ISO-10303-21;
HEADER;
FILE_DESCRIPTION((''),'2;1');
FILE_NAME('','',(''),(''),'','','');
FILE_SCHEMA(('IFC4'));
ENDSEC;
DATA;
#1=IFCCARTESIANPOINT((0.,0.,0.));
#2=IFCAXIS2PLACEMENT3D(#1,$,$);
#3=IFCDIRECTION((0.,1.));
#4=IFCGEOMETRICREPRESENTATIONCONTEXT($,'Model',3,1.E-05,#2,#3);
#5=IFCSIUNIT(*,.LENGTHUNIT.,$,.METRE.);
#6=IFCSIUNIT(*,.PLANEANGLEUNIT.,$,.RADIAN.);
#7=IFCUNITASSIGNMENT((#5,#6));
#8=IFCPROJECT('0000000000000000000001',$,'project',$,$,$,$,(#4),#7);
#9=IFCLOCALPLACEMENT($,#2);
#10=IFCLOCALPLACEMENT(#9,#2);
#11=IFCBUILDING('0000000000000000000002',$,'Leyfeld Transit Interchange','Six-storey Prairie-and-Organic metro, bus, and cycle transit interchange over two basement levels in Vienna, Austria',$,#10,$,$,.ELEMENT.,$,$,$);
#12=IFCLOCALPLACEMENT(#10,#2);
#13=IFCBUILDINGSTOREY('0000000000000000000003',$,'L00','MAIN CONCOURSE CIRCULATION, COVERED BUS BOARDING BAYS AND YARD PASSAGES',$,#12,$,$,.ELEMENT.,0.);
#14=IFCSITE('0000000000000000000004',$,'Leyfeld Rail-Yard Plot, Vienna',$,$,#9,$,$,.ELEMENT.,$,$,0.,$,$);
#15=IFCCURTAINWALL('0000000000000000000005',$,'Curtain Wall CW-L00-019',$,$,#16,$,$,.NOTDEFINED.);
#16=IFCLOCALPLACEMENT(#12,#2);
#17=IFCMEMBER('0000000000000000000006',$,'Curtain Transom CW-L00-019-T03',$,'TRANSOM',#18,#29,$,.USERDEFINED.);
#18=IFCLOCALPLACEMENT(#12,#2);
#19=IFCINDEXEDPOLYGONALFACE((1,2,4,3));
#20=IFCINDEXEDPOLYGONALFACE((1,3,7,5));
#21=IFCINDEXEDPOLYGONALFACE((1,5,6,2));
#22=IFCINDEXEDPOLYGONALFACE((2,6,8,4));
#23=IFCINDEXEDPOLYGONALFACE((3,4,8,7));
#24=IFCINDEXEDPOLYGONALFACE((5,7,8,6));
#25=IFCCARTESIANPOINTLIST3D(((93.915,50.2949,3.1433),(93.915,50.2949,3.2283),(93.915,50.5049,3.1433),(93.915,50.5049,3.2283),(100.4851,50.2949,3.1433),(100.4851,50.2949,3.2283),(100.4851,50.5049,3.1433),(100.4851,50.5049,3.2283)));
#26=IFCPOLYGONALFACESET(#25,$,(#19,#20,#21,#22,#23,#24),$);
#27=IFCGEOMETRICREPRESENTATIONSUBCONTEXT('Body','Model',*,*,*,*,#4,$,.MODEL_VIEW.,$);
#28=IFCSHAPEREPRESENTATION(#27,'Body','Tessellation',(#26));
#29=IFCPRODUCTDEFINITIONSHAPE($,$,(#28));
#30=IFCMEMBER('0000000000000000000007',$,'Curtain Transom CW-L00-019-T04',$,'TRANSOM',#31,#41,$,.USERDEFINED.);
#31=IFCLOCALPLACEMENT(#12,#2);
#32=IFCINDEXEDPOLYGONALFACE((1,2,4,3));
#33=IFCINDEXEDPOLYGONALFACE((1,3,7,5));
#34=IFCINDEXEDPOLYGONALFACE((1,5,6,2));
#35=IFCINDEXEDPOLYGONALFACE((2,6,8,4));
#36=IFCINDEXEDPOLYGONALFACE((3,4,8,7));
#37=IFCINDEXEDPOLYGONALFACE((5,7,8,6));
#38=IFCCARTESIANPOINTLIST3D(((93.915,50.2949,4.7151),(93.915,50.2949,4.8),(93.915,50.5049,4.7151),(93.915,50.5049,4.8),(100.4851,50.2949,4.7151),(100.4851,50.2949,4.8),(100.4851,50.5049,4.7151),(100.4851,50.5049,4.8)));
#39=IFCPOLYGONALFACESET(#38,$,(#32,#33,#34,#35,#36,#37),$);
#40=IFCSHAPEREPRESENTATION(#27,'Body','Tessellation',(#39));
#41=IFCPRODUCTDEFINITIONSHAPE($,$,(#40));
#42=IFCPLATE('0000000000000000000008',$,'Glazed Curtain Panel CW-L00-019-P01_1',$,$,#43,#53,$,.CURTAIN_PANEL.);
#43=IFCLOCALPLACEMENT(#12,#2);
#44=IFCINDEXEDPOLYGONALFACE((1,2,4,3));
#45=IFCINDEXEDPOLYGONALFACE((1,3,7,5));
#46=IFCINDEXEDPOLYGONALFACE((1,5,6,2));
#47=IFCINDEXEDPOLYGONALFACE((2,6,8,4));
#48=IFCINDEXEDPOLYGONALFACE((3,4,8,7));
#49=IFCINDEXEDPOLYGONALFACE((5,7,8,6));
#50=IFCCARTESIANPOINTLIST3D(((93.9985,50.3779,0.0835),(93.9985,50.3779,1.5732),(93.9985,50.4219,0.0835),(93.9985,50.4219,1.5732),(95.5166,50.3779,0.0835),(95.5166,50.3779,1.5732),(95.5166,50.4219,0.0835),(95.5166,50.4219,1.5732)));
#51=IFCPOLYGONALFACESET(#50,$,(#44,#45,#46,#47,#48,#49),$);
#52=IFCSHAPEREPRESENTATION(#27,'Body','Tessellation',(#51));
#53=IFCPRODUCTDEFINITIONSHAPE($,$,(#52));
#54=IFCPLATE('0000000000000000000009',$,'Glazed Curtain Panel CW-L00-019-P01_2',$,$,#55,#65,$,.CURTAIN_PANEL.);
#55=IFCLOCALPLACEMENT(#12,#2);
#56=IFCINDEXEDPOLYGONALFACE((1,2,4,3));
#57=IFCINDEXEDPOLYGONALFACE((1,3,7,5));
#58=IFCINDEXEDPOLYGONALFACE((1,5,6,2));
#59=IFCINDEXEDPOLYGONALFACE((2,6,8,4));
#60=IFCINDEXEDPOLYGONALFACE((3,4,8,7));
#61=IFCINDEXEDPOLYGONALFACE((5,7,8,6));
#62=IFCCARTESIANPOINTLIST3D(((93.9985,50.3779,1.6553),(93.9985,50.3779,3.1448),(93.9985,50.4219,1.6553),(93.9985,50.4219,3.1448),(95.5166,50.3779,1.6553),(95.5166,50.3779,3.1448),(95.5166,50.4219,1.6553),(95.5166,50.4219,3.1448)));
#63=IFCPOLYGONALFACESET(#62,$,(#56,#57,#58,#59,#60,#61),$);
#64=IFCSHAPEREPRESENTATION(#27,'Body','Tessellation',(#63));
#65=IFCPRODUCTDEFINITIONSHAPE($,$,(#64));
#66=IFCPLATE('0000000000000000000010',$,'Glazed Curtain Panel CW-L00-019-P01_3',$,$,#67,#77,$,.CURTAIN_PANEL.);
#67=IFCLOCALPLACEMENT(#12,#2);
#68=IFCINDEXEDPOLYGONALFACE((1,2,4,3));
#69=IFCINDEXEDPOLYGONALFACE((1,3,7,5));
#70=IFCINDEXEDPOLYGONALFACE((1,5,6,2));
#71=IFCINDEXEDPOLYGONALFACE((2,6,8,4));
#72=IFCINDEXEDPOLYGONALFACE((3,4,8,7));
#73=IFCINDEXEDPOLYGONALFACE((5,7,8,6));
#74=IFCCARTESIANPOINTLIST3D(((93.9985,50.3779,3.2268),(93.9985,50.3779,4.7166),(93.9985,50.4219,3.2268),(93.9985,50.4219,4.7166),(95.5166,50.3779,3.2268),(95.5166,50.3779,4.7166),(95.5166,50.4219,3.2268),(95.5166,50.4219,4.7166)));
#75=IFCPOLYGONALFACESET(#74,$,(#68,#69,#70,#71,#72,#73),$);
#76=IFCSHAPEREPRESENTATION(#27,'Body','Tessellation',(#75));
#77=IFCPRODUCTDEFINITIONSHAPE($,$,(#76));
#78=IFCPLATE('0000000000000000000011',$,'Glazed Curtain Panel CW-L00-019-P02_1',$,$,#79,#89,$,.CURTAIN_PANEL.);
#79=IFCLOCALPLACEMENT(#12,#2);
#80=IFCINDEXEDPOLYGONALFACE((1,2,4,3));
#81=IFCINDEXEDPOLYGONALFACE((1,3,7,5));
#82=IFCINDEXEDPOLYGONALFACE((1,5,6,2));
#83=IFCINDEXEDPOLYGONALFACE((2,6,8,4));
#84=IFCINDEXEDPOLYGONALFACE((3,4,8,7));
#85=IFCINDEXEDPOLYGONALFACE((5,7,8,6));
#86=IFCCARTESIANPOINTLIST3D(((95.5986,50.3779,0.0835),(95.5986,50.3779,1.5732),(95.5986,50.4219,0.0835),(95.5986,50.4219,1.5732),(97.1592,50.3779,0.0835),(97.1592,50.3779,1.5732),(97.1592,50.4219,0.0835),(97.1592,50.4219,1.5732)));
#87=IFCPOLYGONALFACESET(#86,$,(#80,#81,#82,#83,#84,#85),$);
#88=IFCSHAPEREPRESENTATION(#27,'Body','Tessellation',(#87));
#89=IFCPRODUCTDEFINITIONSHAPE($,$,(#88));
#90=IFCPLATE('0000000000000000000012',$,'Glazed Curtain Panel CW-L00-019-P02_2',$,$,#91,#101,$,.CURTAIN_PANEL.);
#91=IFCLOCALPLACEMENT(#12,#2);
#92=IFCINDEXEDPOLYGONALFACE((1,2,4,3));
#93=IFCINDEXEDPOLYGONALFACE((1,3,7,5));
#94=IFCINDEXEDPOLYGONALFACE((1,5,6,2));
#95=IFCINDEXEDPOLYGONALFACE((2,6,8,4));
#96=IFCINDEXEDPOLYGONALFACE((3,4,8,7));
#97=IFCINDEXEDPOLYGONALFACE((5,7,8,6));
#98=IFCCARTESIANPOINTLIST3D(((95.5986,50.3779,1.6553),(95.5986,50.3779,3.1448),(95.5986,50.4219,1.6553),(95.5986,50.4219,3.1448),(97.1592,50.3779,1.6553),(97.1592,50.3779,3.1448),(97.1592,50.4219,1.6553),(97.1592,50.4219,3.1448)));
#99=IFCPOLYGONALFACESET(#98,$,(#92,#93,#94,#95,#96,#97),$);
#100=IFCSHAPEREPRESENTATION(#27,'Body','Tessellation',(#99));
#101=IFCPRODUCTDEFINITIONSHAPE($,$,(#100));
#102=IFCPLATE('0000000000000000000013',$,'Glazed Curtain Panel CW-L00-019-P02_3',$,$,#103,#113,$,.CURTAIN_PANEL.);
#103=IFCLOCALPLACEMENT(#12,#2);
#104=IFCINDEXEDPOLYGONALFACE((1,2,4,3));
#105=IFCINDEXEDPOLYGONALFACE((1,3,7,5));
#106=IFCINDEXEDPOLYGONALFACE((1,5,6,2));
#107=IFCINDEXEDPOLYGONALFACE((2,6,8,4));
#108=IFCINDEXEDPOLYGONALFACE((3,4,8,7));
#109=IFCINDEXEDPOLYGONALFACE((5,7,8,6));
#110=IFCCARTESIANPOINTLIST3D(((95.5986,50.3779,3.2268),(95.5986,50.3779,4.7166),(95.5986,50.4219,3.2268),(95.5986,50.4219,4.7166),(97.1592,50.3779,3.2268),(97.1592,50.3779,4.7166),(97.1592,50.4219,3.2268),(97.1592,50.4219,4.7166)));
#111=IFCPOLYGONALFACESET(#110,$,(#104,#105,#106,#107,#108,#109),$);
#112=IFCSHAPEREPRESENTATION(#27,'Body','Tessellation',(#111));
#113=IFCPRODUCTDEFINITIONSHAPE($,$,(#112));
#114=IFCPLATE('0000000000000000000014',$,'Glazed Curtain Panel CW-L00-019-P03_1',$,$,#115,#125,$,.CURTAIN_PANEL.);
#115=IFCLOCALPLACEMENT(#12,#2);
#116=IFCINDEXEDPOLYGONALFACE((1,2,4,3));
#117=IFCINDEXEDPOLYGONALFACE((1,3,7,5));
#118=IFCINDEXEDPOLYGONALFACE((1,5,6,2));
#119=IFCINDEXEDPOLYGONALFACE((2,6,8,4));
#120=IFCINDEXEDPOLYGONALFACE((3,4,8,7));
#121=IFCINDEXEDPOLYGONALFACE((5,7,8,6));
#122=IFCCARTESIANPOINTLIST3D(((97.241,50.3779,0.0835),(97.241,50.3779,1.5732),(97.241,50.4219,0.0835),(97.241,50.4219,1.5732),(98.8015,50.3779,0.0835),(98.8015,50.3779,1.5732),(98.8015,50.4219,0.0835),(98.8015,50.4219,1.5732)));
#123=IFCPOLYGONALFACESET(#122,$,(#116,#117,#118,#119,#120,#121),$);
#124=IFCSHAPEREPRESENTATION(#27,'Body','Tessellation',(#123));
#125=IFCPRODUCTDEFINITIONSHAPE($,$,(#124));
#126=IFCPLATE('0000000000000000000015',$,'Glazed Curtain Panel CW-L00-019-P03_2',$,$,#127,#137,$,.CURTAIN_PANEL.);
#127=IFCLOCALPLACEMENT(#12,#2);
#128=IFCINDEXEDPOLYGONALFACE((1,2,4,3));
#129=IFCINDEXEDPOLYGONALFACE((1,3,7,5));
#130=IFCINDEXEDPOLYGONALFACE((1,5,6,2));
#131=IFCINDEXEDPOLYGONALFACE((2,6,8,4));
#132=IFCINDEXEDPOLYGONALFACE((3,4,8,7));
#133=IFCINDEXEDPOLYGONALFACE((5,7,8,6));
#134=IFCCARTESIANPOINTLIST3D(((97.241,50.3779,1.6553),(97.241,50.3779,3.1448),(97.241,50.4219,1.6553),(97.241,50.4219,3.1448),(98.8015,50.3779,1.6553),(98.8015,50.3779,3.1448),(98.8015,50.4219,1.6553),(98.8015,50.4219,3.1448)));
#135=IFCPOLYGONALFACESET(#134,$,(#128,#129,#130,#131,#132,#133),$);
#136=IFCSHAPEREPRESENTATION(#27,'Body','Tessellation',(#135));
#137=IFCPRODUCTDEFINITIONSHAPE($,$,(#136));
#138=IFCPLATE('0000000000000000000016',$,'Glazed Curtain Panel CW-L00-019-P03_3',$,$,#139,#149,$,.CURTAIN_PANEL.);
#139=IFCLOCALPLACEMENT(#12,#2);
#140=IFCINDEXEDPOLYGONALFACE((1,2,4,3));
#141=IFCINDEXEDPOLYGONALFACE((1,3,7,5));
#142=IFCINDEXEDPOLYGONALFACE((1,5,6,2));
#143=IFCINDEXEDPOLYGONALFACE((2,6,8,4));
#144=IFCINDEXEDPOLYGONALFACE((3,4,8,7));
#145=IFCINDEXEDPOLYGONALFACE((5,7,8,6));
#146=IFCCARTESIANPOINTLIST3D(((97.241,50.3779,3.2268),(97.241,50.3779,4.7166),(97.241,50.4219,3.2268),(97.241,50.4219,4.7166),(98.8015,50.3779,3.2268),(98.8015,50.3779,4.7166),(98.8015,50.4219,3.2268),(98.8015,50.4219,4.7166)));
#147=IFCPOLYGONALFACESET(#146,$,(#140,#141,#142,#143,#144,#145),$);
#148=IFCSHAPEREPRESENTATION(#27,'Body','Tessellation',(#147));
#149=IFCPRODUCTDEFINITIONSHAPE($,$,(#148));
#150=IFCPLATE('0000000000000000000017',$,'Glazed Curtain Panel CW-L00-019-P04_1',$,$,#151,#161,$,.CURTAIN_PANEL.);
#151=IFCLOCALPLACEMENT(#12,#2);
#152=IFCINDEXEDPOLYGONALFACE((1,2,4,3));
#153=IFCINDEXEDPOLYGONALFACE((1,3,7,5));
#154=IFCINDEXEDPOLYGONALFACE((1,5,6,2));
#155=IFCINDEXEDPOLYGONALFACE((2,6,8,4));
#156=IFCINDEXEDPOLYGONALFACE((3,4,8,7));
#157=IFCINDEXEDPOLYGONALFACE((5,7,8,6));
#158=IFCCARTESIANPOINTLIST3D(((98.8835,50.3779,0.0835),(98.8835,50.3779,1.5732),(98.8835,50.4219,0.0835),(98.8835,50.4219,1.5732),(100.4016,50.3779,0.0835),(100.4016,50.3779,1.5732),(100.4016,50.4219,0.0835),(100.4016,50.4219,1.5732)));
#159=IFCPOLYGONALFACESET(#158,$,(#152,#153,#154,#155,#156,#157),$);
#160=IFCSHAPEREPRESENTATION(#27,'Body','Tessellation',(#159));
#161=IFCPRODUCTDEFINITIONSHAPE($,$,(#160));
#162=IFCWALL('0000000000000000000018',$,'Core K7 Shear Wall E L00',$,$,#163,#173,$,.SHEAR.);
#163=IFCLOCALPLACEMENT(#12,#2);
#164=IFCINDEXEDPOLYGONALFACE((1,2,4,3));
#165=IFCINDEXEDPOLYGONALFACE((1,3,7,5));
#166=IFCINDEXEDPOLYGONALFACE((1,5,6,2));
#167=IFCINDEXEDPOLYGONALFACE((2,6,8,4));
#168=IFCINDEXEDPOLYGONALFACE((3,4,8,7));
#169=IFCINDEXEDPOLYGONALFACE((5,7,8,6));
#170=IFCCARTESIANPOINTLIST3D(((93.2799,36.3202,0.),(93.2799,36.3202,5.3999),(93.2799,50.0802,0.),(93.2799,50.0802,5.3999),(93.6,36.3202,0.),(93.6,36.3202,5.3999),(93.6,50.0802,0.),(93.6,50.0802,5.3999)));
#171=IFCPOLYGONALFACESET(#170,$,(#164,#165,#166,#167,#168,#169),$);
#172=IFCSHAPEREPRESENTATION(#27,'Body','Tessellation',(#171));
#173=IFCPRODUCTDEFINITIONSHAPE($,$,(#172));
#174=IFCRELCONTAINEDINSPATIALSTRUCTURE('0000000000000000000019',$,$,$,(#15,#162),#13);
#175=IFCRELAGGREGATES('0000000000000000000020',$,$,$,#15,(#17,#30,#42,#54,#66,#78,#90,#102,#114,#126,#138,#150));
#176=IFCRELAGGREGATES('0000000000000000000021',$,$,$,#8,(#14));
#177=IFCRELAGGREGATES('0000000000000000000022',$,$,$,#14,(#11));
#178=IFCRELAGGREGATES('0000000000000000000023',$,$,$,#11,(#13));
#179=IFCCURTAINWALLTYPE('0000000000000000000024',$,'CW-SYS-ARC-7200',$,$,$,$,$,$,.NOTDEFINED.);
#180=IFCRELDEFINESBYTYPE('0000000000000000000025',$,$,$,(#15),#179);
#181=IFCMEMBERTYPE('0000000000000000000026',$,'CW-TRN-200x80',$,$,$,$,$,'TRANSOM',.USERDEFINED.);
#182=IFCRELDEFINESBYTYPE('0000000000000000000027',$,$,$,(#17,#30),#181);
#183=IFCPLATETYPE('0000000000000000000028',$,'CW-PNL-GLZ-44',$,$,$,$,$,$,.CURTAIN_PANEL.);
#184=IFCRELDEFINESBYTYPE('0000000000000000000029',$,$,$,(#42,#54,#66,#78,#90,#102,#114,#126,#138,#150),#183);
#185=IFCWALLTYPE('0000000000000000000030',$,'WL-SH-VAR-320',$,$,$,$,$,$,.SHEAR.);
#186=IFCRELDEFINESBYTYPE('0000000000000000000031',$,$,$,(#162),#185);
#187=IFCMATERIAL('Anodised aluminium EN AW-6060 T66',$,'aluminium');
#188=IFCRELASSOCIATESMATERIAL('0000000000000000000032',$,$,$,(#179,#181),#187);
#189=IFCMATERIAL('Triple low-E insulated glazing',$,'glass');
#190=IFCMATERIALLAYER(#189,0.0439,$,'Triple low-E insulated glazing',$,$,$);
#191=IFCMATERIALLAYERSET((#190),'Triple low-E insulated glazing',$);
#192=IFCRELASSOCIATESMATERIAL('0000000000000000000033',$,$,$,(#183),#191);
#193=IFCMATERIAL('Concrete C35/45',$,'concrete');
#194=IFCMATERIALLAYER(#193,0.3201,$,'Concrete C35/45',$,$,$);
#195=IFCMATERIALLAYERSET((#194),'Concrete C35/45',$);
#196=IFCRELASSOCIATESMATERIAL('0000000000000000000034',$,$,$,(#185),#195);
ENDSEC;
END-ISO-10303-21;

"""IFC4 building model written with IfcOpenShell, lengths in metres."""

from ifc_helpers import new_model, si_unit, direction, frame, frame_2d, origin, origin_2d, place, context, subcontext, project, spatial, rectangle, extrude, material, layer, layer_set, material_profile, profile_set, type_object, element, aggregate, save


model = new_model("IFC4")

# Units and contexts
model_context = context("Model", 3, precision=1e-05, world=origin(), true_north=direction((0.0, 1.0)))
body_context = subcontext(model_context, "Body", "Model", "MODEL_VIEW")
ifc_project = project(units=[si_unit("LENGTHUNIT", "METRE"), si_unit("PLANEANGLEUNIT", "RADIAN")], contexts=[model_context])

# Site, building, storey
site_placement = place(None, origin())
site = spatial("IfcSite", under=ifc_project, at=site_placement, Name="Leyfeld Rail-Yard Plot, Vienna", CompositionType="ELEMENT", RefElevation=0.0)
building_placement = place(site_placement, origin())
building = spatial("IfcBuilding", under=site, at=building_placement, Name="Leyfeld Transit Interchange", Description="Six-storey Prairie-and-Organic metro, bus, and cycle transit interchange over two basement levels in Vienna, Austria", CompositionType="ELEMENT")
storey_placement = place(building_placement, origin())
storey = spatial("IfcBuildingStorey", under=building, at=storey_placement, Name="L00", Description="MAIN CONCOURSE CIRCULATION, COVERED BUS BOARDING BAYS AND YARD PASSAGES", CompositionType="ELEMENT", Elevation=0.0)

# Shared definitions
ifc_material_1 = material(Name="Concrete C35/45", Category="concrete")

# Curtain wall, members, plates
ifc_material_2 = material(Name="Anodised aluminium EN AW-6060 T66", Category="aluminium")
curtain_wall_type = type_object("IfcCurtainWallType", Name="CW-SYS-ARC-7200", PredefinedType="NOTDEFINED", material=ifc_material_2)
curtain_wall_placement = place(storey_placement, origin())
curtain_wall = element("IfcCurtainWall", 1, at=curtain_wall_placement, inside=storey, type_object=curtain_wall_type, Name="Curtain Wall CW-L00-019", PredefinedType="NOTDEFINED")
ifc_material_profile_1 = material_profile(ifc_material_2, rectangle(XDim=0.21, YDim=0.085, at=origin_2d()), Name="CW-TRN-200x80")
ifc_profile_set_1 = profile_set([ifc_material_profile_1], Name="Anodised aluminium EN AW-6060 T66")
member_type_1 = type_object("IfcMemberType", Name="CW-TRN-200x80", ElementType="TRANSOM", PredefinedType="USERDEFINED", material=ifc_profile_set_1)
member_1_placement = place(storey_placement, frame((93.915, 50.3999, 3.1858), z_axis=(1.0, 0.0, 0.0), x_axis=(0.0, 1.0, 0.0)))
member_1 = element("IfcMember", 2, at=member_1_placement, type_object=member_type_1, Name="Curtain Transom CW-L00-019-T03", ObjectType="TRANSOM", PredefinedType="USERDEFINED", context=body_context, shape_type="SweptSolid", body=[
    extrude(rectangle(XDim=0.21, YDim=0.085, at=origin_2d()), origin(), (0.0, 0.0, 1.0), 6.5701),
])
member_2_placement = place(storey_placement, frame((93.915, 50.3999, 4.7576), z_axis=(1.0, 0.0, 0.0), x_axis=(0.0, 1.0, 0.0)))
member_2 = element("IfcMember", 3, at=member_2_placement, type_object=member_type_1, Name="Curtain Transom CW-L00-019-T04", ObjectType="TRANSOM", PredefinedType="USERDEFINED", context=body_context, shape_type="SweptSolid", body=[
    extrude(rectangle(XDim=0.21, YDim=0.085, at=origin_2d()), origin(), (0.0, 0.0, 1.0), 6.5701),
])
ifc_material_3 = material(Name="Triple low-E insulated glazing", Category="glass")
ifc_layer_1 = layer(ifc_material_3, 0.0439, Name="Triple low-E insulated glazing")
ifc_layer_set_1 = layer_set([ifc_layer_1], Name="Triple low-E insulated glazing")
plate_type = type_object("IfcPlateType", Name="CW-PNL-GLZ-44", PredefinedType="CURTAIN_PANEL", material=ifc_layer_set_1)
plate_1_placement = place(storey_placement, frame((94.7576, 50.3999, 0.0835), z_axis=(0.0, 0.0, 1.0), x_axis=(1.0, 0.0, 0.0)))
plate_1 = element("IfcPlate", 4, at=plate_1_placement, type_object=plate_type, Name="Glazed Curtain Panel CW-L00-019-P01_1", PredefinedType="CURTAIN_PANEL", context=body_context, shape_type="SweptSolid", body=[
    extrude(rectangle(XDim=1.5181, YDim=0.0439, at=origin_2d()), origin(), (0.0, 0.0, 1.0), 1.4897),
])
plate_2_placement = place(storey_placement, frame((94.7576, 50.3999, 1.6553), z_axis=(0.0, 0.0, 1.0), x_axis=(1.0, 0.0, 0.0)))
plate_2 = element("IfcPlate", 5, at=plate_2_placement, type_object=plate_type, Name="Glazed Curtain Panel CW-L00-019-P01_2", PredefinedType="CURTAIN_PANEL", context=body_context, shape_type="SweptSolid", body=[
    extrude(rectangle(XDim=1.5181, YDim=0.0439, at=origin_2d()), origin(), (0.0, 0.0, 1.0), 1.4895),
])
plate_3_placement = place(storey_placement, frame((94.7576, 50.3999, 3.2268), z_axis=(0.0, 0.0, 1.0), x_axis=(1.0, 0.0, 0.0)))
plate_3 = element("IfcPlate", 6, at=plate_3_placement, type_object=plate_type, Name="Glazed Curtain Panel CW-L00-019-P01_3", PredefinedType="CURTAIN_PANEL", context=body_context, shape_type="SweptSolid", body=[
    extrude(rectangle(XDim=1.5181, YDim=0.0439, at=origin_2d()), origin(), (0.0, 0.0, 1.0), 1.4897),
])
plate_4_placement = place(storey_placement, frame((96.3789, 50.3999, 0.0835), z_axis=(0.0, 0.0, 1.0), x_axis=(1.0, 0.0, 0.0)))
plate_4 = element("IfcPlate", 7, at=plate_4_placement, type_object=plate_type, Name="Glazed Curtain Panel CW-L00-019-P02_1", PredefinedType="CURTAIN_PANEL", context=body_context, shape_type="SweptSolid", body=[
    extrude(rectangle(XDim=1.5605, YDim=0.0439, at=origin_2d()), origin(), (0.0, 0.0, 1.0), 1.4897),
])
plate_5_placement = place(storey_placement, frame((96.3789, 50.3999, 1.6553), z_axis=(0.0, 0.0, 1.0), x_axis=(1.0, 0.0, 0.0)))
plate_5 = element("IfcPlate", 8, at=plate_5_placement, type_object=plate_type, Name="Glazed Curtain Panel CW-L00-019-P02_2", PredefinedType="CURTAIN_PANEL", context=body_context, shape_type="SweptSolid", body=[
    extrude(rectangle(XDim=1.5605, YDim=0.0439, at=origin_2d()), origin(), (0.0, 0.0, 1.0), 1.4895),
])
plate_6_placement = place(storey_placement, frame((96.3789, 50.3999, 3.2268), z_axis=(0.0, 0.0, 1.0), x_axis=(1.0, 0.0, 0.0)))
plate_6 = element("IfcPlate", 9, at=plate_6_placement, type_object=plate_type, Name="Glazed Curtain Panel CW-L00-019-P02_3", PredefinedType="CURTAIN_PANEL", context=body_context, shape_type="SweptSolid", body=[
    extrude(rectangle(XDim=1.5605, YDim=0.0439, at=origin_2d()), origin(), (0.0, 0.0, 1.0), 1.4897),
])
plate_7_placement = place(storey_placement, frame((98.0212, 50.3999, 0.0835), z_axis=(0.0, 0.0, 1.0), x_axis=(1.0, 0.0, 0.0)))
plate_7 = element("IfcPlate", 10, at=plate_7_placement, type_object=plate_type, Name="Glazed Curtain Panel CW-L00-019-P03_1", PredefinedType="CURTAIN_PANEL", context=body_context, shape_type="SweptSolid", body=[
    extrude(rectangle(XDim=1.5605, YDim=0.0439, at=origin_2d()), origin(), (0.0, 0.0, 1.0), 1.4897),
])
plate_8_placement = place(storey_placement, frame((98.0212, 50.3999, 1.6553), z_axis=(0.0, 0.0, 1.0), x_axis=(1.0, 0.0, 0.0)))
plate_8 = element("IfcPlate", 11, at=plate_8_placement, type_object=plate_type, Name="Glazed Curtain Panel CW-L00-019-P03_2", PredefinedType="CURTAIN_PANEL", context=body_context, shape_type="SweptSolid", body=[
    extrude(rectangle(XDim=1.5605, YDim=0.0439, at=origin_2d()), origin(), (0.0, 0.0, 1.0), 1.4895),
])
plate_9_placement = place(storey_placement, frame((98.0212, 50.3999, 3.2268), z_axis=(0.0, 0.0, 1.0), x_axis=(1.0, 0.0, 0.0)))
plate_9 = element("IfcPlate", 12, at=plate_9_placement, type_object=plate_type, Name="Glazed Curtain Panel CW-L00-019-P03_3", PredefinedType="CURTAIN_PANEL", context=body_context, shape_type="SweptSolid", body=[
    extrude(rectangle(XDim=1.5605, YDim=0.0439, at=origin_2d()), origin(), (0.0, 0.0, 1.0), 1.4897),
])
plate_10_placement = place(storey_placement, frame((99.6426, 50.3999, 0.0835), z_axis=(0.0, 0.0, 1.0), x_axis=(1.0, 0.0, 0.0)))
plate_10 = element("IfcPlate", 13, at=plate_10_placement, type_object=plate_type, Name="Glazed Curtain Panel CW-L00-019-P04_1", PredefinedType="CURTAIN_PANEL", context=body_context, shape_type="SweptSolid", body=[
    extrude(rectangle(XDim=1.5181, YDim=0.0439, at=origin_2d()), origin(), (0.0, 0.0, 1.0), 1.4897),
])
aggregate(curtain_wall, [member_1, member_2, plate_1, plate_2, plate_3, plate_4, plate_5, plate_6, plate_7, plate_8, plate_9, plate_10])

# Wall
ifc_layer_2 = layer(ifc_material_1, 0.3201, Name="Concrete C35/45")
ifc_layer_set_2 = layer_set([ifc_layer_2], Name="Concrete C35/45")
wall_type = type_object("IfcWallType", Name="WL-SH-VAR-320", PredefinedType="SHEAR", material=ifc_layer_set_2)
wall_placement = place(storey_placement, frame((93.4399, 50.0801, 0.0), z_axis=(0.0, 0.0, 1.0), x_axis=(0.0, -1.0, 0.0)))
element("IfcWall", 14, at=wall_placement, inside=storey, type_object=wall_type, Name="Core K7 Shear Wall E L00", PredefinedType="SHEAR", context=body_context, shape_type="SweptSolid", body=[
    extrude(rectangle(XDim=13.76, YDim=0.3201, at=frame_2d((6.8799, 0.0))), origin(), (0.0, 0.0, 1.0), 5.3999),
])

save(model, "model.ifc")
